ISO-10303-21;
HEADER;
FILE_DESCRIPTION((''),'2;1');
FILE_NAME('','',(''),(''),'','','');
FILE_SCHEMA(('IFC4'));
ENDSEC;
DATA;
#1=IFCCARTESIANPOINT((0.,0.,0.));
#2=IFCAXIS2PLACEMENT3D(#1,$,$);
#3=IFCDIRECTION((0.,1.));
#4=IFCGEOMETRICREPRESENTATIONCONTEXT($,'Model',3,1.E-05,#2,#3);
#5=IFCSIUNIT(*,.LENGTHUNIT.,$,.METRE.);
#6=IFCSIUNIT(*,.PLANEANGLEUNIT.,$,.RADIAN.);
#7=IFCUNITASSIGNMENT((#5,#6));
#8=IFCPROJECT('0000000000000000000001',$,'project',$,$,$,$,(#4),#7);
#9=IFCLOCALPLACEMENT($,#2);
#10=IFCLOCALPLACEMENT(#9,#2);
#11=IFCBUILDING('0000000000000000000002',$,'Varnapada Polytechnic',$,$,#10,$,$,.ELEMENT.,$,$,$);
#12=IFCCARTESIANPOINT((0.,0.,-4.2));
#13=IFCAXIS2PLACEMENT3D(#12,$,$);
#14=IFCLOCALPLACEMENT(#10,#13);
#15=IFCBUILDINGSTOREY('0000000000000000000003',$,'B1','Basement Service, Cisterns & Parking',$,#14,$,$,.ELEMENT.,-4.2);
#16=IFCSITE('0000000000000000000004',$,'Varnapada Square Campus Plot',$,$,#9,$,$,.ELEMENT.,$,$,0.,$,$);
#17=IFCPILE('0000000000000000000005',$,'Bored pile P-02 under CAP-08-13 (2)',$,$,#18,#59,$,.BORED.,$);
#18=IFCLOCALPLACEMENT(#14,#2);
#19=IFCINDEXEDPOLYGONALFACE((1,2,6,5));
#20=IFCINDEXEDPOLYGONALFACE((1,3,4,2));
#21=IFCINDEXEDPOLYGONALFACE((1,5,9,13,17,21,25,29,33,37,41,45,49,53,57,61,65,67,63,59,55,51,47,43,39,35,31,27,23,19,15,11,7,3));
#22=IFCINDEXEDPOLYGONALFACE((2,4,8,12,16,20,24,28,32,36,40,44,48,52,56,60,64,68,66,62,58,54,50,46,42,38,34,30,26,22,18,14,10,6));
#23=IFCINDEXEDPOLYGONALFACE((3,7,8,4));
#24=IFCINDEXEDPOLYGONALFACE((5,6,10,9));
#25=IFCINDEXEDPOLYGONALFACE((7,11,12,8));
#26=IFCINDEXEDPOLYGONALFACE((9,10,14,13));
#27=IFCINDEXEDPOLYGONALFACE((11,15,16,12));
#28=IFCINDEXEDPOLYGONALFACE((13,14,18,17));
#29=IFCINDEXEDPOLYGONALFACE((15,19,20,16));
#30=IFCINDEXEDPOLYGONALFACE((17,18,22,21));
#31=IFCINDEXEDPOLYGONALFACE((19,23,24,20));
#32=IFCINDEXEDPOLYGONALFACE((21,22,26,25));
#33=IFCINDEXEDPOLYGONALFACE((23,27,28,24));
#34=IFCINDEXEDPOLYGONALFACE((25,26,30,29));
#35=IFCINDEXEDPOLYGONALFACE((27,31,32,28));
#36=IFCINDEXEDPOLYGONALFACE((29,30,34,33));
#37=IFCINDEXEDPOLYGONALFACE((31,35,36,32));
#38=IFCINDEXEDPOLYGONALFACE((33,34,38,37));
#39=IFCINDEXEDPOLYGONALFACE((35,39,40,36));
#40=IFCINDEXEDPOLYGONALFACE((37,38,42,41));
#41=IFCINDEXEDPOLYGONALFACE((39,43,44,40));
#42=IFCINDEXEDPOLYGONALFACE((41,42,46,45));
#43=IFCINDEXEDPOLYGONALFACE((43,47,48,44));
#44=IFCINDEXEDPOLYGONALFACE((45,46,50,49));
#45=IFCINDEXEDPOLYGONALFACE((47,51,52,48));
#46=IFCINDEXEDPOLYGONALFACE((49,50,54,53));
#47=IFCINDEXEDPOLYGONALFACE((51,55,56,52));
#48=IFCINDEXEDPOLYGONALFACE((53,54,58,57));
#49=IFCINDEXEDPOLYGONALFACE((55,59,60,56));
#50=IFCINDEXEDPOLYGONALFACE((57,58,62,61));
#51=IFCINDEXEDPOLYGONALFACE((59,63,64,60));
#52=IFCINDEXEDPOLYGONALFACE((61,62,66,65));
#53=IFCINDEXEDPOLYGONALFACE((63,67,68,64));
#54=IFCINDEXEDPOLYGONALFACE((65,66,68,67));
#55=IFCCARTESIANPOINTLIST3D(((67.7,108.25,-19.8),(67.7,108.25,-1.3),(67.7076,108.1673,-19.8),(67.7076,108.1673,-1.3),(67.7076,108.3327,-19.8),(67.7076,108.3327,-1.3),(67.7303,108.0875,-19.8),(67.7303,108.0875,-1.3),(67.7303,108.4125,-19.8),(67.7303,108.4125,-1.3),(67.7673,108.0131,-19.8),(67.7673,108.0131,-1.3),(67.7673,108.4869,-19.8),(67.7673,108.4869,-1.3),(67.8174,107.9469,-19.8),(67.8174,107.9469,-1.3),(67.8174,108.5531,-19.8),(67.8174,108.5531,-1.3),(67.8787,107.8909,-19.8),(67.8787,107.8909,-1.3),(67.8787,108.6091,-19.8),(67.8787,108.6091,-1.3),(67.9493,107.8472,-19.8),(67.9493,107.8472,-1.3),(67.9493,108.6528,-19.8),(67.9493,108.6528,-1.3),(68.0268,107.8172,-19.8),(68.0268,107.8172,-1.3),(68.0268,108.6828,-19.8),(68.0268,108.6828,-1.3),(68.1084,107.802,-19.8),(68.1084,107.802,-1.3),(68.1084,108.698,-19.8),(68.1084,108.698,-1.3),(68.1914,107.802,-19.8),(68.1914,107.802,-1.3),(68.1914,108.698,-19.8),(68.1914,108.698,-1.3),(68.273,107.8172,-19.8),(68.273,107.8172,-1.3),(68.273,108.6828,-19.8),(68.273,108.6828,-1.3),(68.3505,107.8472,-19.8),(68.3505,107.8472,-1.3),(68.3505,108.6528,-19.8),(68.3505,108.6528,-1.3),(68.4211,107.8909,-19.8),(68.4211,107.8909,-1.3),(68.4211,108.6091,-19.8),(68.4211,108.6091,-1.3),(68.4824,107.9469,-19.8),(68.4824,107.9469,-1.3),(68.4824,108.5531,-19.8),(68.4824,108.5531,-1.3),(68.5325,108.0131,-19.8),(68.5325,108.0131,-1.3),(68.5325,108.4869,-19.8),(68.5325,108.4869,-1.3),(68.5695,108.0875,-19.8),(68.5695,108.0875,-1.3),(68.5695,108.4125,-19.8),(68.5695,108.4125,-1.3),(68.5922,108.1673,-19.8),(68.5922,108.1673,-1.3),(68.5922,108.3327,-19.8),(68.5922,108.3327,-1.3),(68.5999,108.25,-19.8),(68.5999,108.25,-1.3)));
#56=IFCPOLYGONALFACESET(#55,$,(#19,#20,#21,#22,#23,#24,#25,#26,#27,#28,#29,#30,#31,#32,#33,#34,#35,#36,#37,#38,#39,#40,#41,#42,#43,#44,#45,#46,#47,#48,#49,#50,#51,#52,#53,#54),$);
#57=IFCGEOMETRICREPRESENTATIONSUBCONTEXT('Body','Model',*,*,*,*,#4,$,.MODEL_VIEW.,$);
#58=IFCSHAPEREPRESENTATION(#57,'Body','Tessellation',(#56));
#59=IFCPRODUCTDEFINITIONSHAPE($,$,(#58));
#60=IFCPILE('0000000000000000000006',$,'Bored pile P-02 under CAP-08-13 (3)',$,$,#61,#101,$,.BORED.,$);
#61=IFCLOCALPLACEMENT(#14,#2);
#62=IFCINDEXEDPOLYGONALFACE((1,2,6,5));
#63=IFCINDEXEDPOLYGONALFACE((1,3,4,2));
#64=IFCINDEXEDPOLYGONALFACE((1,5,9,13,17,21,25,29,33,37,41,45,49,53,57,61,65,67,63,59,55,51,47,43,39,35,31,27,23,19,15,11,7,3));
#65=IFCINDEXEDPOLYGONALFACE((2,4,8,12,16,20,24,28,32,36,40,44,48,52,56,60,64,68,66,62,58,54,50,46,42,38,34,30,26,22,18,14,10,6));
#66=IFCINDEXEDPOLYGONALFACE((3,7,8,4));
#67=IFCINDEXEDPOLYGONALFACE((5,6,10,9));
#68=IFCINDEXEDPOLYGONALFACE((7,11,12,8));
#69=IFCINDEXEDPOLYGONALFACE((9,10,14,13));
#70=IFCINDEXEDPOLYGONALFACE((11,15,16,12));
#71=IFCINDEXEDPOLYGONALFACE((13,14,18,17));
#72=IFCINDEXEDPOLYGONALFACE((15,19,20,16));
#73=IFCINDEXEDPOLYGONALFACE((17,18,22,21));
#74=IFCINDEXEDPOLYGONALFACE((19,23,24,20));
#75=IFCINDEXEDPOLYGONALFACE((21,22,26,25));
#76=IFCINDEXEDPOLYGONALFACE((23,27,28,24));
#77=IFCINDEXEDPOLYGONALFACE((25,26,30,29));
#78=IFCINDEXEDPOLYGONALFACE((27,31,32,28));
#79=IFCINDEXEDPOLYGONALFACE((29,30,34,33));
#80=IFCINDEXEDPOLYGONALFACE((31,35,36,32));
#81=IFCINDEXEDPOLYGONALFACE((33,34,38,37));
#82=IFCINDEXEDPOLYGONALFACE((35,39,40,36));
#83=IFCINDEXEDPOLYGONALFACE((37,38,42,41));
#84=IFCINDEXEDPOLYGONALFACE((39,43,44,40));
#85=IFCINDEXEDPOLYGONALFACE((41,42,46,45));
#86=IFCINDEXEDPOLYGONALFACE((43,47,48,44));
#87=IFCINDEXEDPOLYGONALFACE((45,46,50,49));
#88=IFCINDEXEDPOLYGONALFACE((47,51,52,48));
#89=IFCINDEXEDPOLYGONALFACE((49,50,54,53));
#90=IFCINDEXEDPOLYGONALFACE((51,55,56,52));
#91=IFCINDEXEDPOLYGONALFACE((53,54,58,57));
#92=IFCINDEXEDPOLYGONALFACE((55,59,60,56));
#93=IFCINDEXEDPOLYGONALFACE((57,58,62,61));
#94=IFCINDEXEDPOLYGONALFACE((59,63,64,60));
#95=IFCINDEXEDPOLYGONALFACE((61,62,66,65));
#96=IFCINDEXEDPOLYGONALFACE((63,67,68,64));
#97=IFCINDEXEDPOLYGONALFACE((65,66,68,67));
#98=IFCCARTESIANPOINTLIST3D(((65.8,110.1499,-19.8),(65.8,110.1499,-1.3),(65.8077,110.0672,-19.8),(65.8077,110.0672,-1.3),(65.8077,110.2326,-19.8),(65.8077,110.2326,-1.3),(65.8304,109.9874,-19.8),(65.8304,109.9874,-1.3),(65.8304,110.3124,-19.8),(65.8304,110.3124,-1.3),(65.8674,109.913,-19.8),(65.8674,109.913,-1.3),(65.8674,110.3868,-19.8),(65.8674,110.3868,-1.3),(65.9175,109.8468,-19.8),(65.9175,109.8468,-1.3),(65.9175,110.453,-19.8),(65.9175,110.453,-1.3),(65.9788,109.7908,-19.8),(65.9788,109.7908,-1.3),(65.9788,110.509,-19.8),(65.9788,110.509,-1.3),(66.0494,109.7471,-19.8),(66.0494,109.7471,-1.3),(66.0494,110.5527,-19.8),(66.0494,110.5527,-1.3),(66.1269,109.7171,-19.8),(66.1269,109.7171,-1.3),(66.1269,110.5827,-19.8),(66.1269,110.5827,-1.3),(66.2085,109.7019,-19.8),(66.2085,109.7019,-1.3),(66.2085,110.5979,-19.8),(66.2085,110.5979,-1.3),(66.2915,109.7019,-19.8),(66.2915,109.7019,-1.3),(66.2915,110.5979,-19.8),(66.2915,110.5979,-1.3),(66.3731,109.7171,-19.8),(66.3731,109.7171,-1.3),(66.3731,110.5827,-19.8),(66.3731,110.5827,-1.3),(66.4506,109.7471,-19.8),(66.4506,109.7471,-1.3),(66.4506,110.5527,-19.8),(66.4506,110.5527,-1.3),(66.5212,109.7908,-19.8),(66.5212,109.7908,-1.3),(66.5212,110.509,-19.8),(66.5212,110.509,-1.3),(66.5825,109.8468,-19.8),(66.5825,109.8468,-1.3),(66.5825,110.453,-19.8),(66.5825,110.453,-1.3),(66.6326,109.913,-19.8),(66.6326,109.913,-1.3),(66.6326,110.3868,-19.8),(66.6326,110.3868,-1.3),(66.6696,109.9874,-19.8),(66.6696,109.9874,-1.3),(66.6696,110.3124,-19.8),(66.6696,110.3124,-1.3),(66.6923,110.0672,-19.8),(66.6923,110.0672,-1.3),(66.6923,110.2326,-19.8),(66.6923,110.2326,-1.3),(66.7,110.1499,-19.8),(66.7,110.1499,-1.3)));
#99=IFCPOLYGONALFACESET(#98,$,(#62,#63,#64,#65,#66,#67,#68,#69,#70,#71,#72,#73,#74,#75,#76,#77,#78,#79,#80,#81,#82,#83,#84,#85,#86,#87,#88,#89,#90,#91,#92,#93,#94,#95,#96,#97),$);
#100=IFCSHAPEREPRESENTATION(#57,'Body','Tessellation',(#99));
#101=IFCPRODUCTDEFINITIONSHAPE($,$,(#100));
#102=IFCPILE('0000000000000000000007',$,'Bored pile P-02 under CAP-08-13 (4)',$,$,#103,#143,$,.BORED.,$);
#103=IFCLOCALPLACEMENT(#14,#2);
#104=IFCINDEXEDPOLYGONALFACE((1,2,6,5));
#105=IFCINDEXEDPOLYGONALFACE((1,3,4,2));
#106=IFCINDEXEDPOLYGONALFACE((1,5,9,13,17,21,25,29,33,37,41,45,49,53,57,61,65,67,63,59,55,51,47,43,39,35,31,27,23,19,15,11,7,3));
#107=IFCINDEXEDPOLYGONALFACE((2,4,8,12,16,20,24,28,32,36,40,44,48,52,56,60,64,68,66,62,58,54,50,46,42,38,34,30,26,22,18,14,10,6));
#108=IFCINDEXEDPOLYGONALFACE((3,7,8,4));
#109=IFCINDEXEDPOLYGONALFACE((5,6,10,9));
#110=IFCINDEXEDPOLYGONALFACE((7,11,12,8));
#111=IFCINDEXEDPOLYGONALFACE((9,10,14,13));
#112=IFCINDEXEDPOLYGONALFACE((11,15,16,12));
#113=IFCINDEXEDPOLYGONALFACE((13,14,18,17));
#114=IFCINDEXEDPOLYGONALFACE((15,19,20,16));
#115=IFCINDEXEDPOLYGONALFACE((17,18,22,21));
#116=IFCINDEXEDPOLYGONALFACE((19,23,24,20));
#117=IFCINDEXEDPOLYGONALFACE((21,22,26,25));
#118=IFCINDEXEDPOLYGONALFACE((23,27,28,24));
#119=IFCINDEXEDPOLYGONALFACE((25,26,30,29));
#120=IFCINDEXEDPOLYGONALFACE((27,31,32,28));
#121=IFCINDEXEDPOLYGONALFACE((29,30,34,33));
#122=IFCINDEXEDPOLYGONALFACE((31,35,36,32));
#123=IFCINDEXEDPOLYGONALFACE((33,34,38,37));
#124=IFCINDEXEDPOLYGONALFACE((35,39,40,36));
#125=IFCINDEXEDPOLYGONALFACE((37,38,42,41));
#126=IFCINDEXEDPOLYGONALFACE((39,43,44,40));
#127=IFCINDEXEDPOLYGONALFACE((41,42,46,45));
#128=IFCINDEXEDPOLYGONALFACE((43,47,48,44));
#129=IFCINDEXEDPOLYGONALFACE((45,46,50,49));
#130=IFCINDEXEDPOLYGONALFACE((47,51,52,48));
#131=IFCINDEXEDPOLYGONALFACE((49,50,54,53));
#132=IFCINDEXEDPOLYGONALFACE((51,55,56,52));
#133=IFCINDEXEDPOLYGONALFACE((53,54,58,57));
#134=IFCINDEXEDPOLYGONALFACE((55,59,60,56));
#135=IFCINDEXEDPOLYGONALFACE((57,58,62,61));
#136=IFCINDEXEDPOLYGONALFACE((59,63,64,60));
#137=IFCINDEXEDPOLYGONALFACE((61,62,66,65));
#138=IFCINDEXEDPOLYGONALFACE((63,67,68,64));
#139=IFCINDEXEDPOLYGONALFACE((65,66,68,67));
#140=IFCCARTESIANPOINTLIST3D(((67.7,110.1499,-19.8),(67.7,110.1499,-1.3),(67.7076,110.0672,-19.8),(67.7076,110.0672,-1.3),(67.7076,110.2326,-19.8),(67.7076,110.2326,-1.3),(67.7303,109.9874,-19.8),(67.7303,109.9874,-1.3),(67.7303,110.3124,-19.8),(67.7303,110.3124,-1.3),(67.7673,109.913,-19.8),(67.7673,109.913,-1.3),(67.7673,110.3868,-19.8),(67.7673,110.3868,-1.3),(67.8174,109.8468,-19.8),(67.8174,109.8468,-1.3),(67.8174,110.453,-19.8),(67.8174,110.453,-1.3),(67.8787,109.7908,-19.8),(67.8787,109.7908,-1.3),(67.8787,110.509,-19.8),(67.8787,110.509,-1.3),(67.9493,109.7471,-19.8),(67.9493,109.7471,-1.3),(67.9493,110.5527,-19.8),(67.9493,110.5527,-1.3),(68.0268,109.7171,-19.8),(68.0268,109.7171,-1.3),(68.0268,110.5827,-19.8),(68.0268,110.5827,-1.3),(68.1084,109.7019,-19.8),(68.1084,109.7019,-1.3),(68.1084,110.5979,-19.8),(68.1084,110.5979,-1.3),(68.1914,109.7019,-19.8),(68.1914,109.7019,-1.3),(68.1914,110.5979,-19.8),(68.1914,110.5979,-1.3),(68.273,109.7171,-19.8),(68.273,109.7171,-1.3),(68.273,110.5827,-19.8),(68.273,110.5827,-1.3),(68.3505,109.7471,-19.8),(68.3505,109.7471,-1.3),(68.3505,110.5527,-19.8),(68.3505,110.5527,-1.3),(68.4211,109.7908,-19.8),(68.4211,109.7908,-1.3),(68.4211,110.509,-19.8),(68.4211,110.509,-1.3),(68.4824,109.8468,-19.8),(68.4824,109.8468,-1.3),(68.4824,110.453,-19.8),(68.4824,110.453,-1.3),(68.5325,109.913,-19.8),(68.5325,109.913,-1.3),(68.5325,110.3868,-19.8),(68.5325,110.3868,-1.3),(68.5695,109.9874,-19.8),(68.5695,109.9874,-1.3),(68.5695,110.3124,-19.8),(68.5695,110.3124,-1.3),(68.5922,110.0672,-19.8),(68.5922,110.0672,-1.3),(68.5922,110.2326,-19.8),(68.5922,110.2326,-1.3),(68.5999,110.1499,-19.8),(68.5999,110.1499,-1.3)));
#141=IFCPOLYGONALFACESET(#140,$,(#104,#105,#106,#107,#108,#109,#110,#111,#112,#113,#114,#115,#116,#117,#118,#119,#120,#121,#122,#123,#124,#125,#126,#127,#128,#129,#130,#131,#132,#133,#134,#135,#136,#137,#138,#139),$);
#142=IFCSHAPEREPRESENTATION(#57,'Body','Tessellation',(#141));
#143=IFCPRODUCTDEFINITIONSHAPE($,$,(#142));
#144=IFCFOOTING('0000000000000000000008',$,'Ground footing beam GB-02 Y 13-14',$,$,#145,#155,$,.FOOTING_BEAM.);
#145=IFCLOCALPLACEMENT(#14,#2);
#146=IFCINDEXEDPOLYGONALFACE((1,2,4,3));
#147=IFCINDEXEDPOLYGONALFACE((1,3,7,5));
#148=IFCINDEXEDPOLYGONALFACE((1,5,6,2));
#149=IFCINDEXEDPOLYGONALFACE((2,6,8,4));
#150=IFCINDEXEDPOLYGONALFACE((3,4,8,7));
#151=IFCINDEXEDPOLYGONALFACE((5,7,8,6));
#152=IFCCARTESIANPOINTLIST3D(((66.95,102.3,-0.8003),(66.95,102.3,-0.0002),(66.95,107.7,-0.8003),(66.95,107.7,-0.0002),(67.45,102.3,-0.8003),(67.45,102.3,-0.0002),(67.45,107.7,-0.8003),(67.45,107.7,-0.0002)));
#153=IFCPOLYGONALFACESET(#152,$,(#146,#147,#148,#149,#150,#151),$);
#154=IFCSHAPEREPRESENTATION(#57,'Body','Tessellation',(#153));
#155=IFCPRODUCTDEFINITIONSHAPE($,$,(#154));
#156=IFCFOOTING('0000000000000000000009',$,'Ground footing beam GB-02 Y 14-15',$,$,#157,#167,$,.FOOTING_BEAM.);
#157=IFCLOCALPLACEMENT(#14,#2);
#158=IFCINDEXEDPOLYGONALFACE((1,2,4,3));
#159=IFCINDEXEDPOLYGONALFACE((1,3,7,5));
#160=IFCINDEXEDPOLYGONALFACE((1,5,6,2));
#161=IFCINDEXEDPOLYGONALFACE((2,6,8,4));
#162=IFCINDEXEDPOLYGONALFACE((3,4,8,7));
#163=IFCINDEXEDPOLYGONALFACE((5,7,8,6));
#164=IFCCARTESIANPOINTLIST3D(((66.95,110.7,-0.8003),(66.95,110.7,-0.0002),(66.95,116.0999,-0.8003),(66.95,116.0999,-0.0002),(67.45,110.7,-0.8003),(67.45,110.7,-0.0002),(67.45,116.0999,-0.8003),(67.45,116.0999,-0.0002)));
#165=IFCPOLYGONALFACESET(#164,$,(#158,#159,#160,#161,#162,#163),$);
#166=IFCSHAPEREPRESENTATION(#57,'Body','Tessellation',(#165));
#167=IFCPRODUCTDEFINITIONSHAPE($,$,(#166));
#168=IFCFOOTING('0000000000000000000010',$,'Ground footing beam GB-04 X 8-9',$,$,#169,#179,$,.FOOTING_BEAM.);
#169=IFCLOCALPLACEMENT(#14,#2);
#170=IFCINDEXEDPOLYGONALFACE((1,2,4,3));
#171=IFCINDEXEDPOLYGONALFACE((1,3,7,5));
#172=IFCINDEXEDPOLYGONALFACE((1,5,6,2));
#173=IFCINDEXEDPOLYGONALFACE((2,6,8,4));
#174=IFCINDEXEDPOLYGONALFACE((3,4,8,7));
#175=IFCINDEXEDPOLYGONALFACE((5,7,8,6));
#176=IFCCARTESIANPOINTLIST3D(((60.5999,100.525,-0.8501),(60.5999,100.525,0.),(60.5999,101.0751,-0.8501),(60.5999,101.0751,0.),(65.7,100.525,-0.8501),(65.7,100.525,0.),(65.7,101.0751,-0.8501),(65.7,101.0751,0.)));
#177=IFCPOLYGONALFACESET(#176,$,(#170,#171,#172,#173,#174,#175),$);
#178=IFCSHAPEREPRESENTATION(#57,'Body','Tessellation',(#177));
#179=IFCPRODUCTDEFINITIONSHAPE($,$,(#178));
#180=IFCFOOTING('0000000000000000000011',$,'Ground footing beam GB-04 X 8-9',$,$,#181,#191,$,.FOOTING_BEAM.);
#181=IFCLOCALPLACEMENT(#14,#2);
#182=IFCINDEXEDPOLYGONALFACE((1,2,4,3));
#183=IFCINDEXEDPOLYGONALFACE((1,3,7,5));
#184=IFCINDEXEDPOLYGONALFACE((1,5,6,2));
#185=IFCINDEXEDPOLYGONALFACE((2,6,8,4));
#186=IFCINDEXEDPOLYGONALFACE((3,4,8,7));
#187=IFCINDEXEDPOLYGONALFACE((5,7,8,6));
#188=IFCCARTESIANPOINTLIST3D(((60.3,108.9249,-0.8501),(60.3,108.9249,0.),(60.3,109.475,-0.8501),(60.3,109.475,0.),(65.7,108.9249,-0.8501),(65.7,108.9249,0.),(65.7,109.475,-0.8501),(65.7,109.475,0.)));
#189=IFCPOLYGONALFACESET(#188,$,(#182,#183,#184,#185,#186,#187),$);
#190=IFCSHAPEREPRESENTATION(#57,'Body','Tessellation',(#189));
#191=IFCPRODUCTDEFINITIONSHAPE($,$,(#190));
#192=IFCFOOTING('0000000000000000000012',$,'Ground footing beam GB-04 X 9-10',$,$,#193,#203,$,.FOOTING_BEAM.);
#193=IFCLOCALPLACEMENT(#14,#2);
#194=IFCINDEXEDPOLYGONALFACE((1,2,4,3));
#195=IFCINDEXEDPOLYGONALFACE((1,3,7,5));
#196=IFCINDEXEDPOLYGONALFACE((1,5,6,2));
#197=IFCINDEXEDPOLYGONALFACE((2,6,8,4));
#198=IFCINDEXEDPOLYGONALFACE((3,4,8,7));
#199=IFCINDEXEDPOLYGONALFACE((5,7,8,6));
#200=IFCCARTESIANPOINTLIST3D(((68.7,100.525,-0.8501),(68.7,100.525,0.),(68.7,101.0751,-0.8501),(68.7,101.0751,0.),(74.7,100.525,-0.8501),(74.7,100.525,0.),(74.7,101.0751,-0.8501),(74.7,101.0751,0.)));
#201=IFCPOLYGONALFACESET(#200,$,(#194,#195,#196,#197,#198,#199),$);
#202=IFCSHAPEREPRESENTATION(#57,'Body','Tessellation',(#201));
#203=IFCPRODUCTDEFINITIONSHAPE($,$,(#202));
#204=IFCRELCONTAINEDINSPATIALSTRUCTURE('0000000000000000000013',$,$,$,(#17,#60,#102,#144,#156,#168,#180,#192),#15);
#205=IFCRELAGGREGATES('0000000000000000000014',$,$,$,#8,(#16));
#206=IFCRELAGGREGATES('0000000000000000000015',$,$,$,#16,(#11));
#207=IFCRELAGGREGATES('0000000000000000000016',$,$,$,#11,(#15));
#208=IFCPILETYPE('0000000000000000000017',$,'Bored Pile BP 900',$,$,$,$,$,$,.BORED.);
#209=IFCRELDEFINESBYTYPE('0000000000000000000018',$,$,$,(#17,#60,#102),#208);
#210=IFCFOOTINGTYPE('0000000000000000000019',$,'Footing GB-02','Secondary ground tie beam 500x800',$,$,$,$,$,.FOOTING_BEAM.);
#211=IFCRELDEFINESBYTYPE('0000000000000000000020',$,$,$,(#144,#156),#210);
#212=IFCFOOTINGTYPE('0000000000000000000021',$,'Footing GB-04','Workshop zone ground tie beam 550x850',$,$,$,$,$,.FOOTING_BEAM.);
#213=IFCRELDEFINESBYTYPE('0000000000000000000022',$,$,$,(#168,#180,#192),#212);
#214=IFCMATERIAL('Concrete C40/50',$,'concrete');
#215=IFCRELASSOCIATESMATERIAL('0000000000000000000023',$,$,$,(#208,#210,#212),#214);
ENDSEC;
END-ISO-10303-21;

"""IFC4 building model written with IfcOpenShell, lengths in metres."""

from ifc_helpers import new_model, si_unit, direction, frame, origin, origin_2d, place, context, subcontext, project, spatial, rectangle, circle, extrude, material, material_profile, profile_set, type_object, element, save


model = new_model("IFC4")

# Units and contexts
model_context = context("Model", 3, precision=1e-05, world=origin(), true_north=direction((0.0, 1.0)))
body_context = subcontext(model_context, "Body", "Model", "MODEL_VIEW")
ifc_project = project(units=[si_unit("LENGTHUNIT", "METRE"), si_unit("PLANEANGLEUNIT", "RADIAN")], contexts=[model_context])

# Site, building, storey
site_placement = place(None, origin())
site = spatial("IfcSite", under=ifc_project, at=site_placement, Name="Varnapada Square Campus Plot", CompositionType="ELEMENT", RefElevation=0.0)
building_placement = place(site_placement, origin())
building = spatial("IfcBuilding", under=site, at=building_placement, Name="Varnapada Polytechnic", CompositionType="ELEMENT")
storey_placement = place(building_placement, frame((0.0, 0.0, -4.2)))
storey = spatial("IfcBuildingStorey", under=building, at=storey_placement, Name="B1", Description="Basement Service, Cisterns & Parking", CompositionType="ELEMENT", Elevation=-4.2)

# Piles
ifc_material_1 = material(Name="Concrete C40/50", Category="concrete")
ifc_material_profile_1 = material_profile(ifc_material_1, circle(Radius=0.45, at=origin_2d()), Name="BP 900")
ifc_profile_set_1 = profile_set([ifc_material_profile_1], Name="Concrete C40/50")
pile_type_1 = type_object("IfcPileType", Name="Bored Pile BP 900", PredefinedType="BORED", material=ifc_profile_set_1)
for number, where, z_axis, x_axis, name in (
    (1, (68.1499, 108.25, -1.3), (0.0, 0.0, -1.0), (1.0, 0.0, 0.0), "Bored pile P-02 under CAP-08-13 (2)"),
    (2, (66.25, 110.1499, -1.3), (0.0, 0.0, -1.0), (1.0, 0.0, 0.0), "Bored pile P-02 under CAP-08-13 (3)"),
    (3, (68.1499, 110.1499, -1.3), (0.0, 0.0, -1.0), (1.0, 0.0, 0.0), "Bored pile P-02 under CAP-08-13 (4)"),
):
    element("IfcPile", number, at=place(storey_placement, frame(where, z_axis=z_axis, x_axis=x_axis)), inside=storey, type_object=pile_type_1, Name=name, PredefinedType="BORED", context=body_context, shape_type="SweptSolid", body=[
        extrude(circle(Radius=0.45, at=origin_2d()), origin(), (0.0, 0.0, 1.0), 18.5),
    ])

# Footings
footing_type_1 = type_object("IfcFootingType", Name="Footing GB-02", Description="Secondary ground tie beam 500x800", PredefinedType="FOOTING_BEAM", material=ifc_material_1)
for number, where, z_axis, x_axis, name in (
    (4, (67.2, 105.0, -0.8003), (0.0, 0.0, 1.0), (0.0, 1.0, 0.0), "Ground footing beam GB-02 Y 13-14"),
    (5, (67.2, 113.3999, -0.8003), (0.0, 0.0, 1.0), (0.0, 1.0, 0.0), "Ground footing beam GB-02 Y 14-15"),
):
    element("IfcFooting", number, at=place(storey_placement, frame(where, z_axis=z_axis, x_axis=x_axis)), inside=storey, type_object=footing_type_1, Name=name, PredefinedType="FOOTING_BEAM", context=body_context, shape_type="SweptSolid", body=[
        extrude(rectangle(XDim=5.3999, YDim=0.5, at=origin_2d()), origin(), (0.0, 0.0, 1.0), 0.8),
    ])
footing_type_2 = type_object("IfcFootingType", Name="Footing GB-04", Description="Workshop zone ground tie beam 550x850", PredefinedType="FOOTING_BEAM", material=ifc_material_1)
footing_1_placement = place(storey_placement, frame((63.1499, 100.8, -0.8501), z_axis=(0.0, 0.0, 1.0), x_axis=(1.0, 0.0, 0.0)))
element("IfcFooting", 6, at=footing_1_placement, inside=storey, type_object=footing_type_2, Name="Ground footing beam GB-04 X 8-9", PredefinedType="FOOTING_BEAM", context=body_context, shape_type="SweptSolid", body=[
    extrude(rectangle(XDim=5.1001, YDim=0.55, at=origin_2d()), origin(), (0.0, 0.0, 1.0), 0.8501),
])
footing_2_placement = place(storey_placement, frame((63.0, 109.2, -0.8501), z_axis=(0.0, 0.0, 1.0), x_axis=(1.0, 0.0, 0.0)))
element("IfcFooting", 7, at=footing_2_placement, inside=storey, type_object=footing_type_2, Name="Ground footing beam GB-04 X 8-9", PredefinedType="FOOTING_BEAM", context=body_context, shape_type="SweptSolid", body=[
    extrude(rectangle(XDim=5.3999, YDim=0.55, at=origin_2d()), origin(), (0.0, 0.0, 1.0), 0.8501),
])
for number, where, z_axis, x_axis, name in (
    (8, (71.7, 100.8, -0.8501), (0.0, 0.0, 1.0), (1.0, 0.0, 0.0), "Ground footing beam GB-04 X 9-10"),
):
    element("IfcFooting", number, at=place(storey_placement, frame(where, z_axis=z_axis, x_axis=x_axis)), inside=storey, type_object=footing_type_2, Name=name, PredefinedType="FOOTING_BEAM", context=body_context, shape_type="SweptSolid", body=[
        extrude(rectangle(XDim=6.0, YDim=0.55, at=origin_2d()), origin(), (0.0, 0.0, 1.0), 0.8501),
    ])

save(model, "model.ifc")
